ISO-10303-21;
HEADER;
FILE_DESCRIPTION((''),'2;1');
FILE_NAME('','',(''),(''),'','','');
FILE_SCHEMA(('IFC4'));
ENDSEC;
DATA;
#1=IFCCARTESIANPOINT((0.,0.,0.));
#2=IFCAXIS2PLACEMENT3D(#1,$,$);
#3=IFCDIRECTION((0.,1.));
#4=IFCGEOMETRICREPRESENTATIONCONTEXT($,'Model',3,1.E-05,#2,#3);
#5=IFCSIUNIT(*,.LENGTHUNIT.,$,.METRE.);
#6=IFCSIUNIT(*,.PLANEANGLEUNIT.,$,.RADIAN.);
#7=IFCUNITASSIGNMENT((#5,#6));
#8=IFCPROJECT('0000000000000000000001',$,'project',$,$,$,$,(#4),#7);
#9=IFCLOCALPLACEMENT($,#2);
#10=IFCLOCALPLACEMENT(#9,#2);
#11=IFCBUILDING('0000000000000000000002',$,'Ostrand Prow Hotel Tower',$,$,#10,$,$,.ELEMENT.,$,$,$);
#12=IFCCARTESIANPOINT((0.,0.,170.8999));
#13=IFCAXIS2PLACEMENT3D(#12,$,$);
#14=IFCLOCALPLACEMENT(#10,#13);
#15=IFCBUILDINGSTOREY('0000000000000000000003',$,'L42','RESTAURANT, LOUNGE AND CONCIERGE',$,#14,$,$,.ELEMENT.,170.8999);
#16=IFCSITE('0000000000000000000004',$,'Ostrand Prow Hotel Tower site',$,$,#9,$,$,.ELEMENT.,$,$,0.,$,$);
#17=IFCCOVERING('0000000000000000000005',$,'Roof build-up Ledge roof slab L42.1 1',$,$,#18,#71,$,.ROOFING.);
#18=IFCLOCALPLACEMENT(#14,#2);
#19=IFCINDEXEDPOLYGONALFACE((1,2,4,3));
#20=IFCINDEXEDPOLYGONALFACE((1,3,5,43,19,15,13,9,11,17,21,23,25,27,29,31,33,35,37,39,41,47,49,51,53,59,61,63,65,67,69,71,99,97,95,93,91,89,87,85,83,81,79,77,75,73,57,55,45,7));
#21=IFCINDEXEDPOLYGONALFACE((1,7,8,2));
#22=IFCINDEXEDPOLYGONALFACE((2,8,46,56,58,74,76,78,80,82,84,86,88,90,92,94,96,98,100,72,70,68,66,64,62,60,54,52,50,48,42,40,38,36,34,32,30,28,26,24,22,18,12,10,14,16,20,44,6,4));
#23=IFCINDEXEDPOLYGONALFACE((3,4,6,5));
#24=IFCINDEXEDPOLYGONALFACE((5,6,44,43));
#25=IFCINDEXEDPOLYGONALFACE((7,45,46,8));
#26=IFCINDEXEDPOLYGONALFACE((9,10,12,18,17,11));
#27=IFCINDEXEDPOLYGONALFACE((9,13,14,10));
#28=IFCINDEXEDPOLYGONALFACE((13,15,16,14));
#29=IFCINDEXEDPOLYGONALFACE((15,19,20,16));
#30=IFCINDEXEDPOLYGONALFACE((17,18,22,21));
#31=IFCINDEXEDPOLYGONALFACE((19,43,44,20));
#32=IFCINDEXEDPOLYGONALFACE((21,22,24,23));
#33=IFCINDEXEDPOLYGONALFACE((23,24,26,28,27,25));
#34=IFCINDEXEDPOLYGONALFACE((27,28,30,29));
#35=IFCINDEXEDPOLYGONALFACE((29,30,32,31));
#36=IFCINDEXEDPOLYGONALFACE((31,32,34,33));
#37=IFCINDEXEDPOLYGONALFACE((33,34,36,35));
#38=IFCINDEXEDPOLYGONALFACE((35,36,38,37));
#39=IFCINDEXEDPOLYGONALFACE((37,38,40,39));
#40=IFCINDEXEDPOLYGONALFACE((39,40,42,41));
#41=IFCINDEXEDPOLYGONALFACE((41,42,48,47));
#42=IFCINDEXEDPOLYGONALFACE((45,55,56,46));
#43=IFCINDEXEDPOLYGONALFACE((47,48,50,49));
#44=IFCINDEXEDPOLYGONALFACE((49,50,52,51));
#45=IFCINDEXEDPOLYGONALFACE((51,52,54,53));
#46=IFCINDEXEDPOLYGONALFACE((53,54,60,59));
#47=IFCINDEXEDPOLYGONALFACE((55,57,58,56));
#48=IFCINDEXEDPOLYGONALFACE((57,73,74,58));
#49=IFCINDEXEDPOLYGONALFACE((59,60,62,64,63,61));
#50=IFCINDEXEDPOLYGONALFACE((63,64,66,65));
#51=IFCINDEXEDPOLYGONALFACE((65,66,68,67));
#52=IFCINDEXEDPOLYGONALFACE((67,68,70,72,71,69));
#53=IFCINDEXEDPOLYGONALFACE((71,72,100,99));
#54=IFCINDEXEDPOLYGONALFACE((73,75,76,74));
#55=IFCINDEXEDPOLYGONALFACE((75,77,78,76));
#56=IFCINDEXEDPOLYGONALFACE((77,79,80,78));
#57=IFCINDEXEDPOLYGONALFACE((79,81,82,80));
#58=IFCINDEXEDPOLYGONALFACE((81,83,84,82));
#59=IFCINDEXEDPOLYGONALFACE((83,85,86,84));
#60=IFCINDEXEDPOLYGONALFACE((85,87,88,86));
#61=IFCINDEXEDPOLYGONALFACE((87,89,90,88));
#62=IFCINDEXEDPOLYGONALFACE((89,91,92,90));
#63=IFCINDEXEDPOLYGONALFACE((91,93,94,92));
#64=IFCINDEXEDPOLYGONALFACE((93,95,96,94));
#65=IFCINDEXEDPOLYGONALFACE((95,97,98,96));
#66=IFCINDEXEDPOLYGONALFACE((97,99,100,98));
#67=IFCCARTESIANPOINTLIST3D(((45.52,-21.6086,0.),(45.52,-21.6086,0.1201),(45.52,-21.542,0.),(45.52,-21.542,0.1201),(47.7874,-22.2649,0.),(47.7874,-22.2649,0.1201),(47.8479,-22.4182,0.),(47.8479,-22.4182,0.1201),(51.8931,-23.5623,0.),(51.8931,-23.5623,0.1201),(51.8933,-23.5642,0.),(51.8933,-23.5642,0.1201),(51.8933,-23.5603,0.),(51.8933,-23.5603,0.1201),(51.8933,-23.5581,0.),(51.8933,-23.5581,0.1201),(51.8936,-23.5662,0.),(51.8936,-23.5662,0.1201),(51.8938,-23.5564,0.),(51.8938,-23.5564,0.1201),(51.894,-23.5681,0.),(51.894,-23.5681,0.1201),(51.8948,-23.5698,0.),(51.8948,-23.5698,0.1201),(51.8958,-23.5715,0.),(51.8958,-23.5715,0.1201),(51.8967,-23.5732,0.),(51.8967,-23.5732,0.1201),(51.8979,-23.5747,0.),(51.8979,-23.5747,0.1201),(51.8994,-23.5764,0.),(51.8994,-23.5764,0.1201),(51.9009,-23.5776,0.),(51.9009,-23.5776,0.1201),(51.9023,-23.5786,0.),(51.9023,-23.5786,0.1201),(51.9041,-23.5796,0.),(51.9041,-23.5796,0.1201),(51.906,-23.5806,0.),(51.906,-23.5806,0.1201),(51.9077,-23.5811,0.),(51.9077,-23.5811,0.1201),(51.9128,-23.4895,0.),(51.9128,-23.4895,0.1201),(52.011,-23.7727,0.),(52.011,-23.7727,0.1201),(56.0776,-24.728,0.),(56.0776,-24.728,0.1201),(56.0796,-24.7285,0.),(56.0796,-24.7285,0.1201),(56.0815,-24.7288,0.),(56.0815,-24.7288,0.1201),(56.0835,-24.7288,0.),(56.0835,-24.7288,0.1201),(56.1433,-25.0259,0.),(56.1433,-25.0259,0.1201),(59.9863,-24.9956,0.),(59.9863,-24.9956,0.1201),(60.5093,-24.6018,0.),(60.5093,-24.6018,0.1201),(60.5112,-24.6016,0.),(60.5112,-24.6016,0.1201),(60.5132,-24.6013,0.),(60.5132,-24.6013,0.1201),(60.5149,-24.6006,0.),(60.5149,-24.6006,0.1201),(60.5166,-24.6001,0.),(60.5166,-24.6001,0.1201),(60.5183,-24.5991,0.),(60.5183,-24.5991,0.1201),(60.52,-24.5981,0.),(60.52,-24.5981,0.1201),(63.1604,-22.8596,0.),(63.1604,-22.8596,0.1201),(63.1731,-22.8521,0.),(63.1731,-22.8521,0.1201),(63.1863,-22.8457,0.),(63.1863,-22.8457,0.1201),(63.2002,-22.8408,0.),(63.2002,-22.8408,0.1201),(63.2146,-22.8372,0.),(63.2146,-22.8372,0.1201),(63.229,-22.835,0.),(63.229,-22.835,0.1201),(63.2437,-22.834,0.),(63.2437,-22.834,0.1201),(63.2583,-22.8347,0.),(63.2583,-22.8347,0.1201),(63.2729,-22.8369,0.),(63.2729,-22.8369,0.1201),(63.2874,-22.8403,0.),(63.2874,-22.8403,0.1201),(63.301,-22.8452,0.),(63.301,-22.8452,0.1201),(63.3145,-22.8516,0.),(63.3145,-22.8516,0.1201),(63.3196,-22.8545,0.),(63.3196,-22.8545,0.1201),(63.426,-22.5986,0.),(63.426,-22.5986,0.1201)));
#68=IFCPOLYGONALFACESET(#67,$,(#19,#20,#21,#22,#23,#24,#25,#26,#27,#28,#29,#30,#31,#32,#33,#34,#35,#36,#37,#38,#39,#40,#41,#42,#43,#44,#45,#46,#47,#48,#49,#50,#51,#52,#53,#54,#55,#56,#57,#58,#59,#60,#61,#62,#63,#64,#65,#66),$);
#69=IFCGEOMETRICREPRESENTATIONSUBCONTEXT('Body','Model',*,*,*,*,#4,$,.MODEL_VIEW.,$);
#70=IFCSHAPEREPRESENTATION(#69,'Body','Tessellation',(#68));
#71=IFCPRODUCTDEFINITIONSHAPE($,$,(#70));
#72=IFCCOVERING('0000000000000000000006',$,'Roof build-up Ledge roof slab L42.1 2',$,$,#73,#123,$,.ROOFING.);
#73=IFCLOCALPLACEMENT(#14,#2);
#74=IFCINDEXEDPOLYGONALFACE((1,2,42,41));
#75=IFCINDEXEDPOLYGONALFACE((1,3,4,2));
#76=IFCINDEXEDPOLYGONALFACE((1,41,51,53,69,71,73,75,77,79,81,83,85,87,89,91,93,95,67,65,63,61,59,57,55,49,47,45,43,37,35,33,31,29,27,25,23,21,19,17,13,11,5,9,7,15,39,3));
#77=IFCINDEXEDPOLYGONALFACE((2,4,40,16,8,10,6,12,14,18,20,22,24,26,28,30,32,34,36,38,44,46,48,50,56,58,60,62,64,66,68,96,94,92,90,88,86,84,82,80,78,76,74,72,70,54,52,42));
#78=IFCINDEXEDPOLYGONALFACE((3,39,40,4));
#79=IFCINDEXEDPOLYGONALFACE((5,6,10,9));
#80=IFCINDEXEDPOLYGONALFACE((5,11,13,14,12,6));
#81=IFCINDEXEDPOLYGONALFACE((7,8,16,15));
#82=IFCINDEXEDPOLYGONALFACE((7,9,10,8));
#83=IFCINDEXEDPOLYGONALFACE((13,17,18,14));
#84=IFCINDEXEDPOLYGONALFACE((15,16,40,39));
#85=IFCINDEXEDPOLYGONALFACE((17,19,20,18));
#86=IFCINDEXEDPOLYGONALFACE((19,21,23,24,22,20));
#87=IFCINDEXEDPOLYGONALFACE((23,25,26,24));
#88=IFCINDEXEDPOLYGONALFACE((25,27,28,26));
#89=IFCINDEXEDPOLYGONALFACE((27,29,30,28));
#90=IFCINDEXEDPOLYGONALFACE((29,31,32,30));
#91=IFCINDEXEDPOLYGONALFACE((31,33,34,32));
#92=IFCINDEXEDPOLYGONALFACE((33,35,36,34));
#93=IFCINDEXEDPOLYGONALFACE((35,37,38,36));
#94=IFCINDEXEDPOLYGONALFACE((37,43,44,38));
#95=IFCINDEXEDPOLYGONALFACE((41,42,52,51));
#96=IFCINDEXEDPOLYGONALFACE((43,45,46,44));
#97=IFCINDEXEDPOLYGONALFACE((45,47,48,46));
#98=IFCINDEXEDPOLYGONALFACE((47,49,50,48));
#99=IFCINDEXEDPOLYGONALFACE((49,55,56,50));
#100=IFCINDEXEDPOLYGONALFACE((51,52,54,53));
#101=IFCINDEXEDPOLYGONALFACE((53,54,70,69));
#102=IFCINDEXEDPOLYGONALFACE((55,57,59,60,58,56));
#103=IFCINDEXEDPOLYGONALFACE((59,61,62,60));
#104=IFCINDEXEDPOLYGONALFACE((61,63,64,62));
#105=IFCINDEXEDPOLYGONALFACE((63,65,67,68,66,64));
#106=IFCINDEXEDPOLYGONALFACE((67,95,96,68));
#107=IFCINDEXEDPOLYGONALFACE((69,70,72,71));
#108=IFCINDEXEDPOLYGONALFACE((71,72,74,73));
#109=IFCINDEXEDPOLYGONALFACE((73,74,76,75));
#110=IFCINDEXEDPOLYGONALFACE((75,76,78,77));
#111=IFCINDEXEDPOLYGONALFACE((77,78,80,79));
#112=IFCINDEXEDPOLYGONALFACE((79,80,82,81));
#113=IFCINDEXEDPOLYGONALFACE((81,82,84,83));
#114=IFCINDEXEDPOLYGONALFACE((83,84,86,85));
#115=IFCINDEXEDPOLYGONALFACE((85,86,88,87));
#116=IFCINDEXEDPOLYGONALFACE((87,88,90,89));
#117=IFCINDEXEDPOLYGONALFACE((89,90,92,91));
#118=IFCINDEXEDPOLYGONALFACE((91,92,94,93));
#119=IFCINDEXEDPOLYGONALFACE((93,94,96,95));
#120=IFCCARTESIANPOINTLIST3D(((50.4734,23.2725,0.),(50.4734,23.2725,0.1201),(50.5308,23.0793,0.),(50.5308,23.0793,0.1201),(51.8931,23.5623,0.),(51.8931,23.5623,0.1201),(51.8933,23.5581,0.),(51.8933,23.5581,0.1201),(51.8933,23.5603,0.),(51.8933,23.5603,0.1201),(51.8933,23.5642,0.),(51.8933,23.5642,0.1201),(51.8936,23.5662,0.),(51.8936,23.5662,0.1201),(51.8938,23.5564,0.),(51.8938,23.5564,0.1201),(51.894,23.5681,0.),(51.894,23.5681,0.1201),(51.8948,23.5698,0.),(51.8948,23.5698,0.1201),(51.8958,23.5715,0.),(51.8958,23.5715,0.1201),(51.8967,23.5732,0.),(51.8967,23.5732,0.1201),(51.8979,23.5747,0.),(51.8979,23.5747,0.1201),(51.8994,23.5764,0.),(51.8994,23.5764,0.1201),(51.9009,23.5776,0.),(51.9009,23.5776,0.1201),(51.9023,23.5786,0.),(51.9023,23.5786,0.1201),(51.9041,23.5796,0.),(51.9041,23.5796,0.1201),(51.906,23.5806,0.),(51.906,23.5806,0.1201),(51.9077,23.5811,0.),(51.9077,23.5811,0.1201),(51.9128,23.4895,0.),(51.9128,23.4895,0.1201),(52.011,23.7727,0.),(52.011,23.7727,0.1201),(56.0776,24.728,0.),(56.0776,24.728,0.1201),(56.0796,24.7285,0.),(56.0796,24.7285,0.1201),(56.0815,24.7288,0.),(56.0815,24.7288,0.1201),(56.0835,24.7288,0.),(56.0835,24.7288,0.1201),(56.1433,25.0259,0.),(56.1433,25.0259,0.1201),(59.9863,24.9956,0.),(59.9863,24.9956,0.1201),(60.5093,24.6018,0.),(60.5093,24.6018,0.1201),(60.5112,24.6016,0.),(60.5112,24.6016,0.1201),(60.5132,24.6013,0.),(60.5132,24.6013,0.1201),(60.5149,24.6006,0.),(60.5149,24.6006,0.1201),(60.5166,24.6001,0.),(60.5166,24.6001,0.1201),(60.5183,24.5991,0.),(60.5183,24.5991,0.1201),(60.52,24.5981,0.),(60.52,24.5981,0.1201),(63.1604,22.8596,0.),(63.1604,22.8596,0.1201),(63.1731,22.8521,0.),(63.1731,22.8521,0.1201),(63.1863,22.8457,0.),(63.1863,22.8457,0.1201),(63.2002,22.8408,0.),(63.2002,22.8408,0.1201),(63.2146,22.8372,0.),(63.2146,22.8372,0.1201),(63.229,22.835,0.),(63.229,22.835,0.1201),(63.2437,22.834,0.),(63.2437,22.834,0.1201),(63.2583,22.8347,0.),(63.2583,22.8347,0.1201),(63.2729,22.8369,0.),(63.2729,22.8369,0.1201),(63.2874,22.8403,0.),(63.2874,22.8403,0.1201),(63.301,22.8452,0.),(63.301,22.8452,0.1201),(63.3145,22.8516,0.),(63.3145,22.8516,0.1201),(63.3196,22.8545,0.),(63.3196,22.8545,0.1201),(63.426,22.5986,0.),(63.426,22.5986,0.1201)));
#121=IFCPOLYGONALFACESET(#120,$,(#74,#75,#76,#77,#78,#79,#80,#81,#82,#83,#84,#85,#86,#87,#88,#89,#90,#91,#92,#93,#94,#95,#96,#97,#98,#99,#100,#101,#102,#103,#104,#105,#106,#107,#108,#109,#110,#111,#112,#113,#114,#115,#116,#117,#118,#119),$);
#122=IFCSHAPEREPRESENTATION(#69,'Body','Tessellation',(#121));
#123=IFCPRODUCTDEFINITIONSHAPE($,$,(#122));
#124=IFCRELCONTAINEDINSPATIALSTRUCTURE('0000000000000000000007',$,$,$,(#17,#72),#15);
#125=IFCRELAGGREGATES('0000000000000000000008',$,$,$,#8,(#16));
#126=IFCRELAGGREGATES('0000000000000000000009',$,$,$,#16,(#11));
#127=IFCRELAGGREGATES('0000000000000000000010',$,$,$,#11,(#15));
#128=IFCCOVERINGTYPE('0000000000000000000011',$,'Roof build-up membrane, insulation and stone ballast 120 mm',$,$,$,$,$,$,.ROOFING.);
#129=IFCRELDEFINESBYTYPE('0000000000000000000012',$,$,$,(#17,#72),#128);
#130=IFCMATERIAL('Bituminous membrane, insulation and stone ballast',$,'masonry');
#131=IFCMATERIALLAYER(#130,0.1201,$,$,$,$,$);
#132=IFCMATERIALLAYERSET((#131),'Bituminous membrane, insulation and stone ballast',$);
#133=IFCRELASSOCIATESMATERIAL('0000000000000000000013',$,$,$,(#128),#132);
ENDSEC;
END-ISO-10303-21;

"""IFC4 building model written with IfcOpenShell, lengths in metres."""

from ifc_helpers import new_model, si_unit, direction, frame, origin, place, context, subcontext, project, spatial, polyline, outline, extrude, material, layer, layer_set, type_object, element, save


model = new_model("IFC4")

# Units and contexts
model_context = context("Model", 3, precision=1e-05, world=origin(), true_north=direction((0.0, 1.0)))
body_context = subcontext(model_context, "Body", "Model", "MODEL_VIEW")
ifc_project = project(units=[si_unit("LENGTHUNIT", "METRE"), si_unit("PLANEANGLEUNIT", "RADIAN")], contexts=[model_context])

# Site, building, storey
site_placement = place(None, origin())
site = spatial("IfcSite", under=ifc_project, at=site_placement, Name="Ostrand Prow Hotel Tower site", CompositionType="ELEMENT", RefElevation=0.0)
building_placement = place(site_placement, origin())
building = spatial("IfcBuilding", under=site, at=building_placement, Name="Ostrand Prow Hotel Tower", CompositionType="ELEMENT")
storey_placement = place(building_placement, frame((0.0, 0.0, 170.8999)))
storey = spatial("IfcBuildingStorey", under=building, at=storey_placement, Name="L42", Description="RESTAURANT, LOUNGE AND CONCIERGE", CompositionType="ELEMENT", Elevation=170.8999)

# Coverings
ifc_material_1 = material(Name="Bituminous membrane, insulation and stone ballast", Category="masonry")
ifc_layer_1 = layer(ifc_material_1, 0.1201)
ifc_layer_set_1 = layer_set([ifc_layer_1], Name="Bituminous membrane, insulation and stone ballast")
covering_type_1 = type_object("IfcCoveringType", Name="Roof build-up membrane, insulation and stone ballast 120 mm", PredefinedType="ROOFING", material=ifc_layer_set_1)
covering_1_placement = place(storey_placement, origin())
element("IfcCovering", 1, at=covering_1_placement, inside=storey, type_object=covering_type_1, Name="Roof build-up Ledge roof slab L42.1 1", PredefinedType="ROOFING", context=body_context, shape_type="SweptSolid", body=[
    extrude(outline(polyline([(47.7874, -22.2649), (45.52, -21.542), (45.52, -21.6086), (47.8479, -22.4182), (52.011, -23.7727), (56.1433, -25.0259), (59.9863, -24.9956), (63.1604, -22.8596), (63.1731, -22.8521), (63.1863, -22.8457), (63.2002, -22.8408), (63.2146, -22.8372), (63.229, -22.835), (63.2437, -22.834), (63.2583, -22.8347), (63.2729, -22.8369), (63.2874, -22.8403), (63.301, -22.8452), (63.3145, -22.8516), (63.3196, -22.8545), (63.426, -22.5986), (60.52, -24.5981), (60.5183, -24.5991), (60.5166, -24.6001), (60.5149, -24.6006), (60.5132, -24.6013), (60.5112, -24.6016), (60.5093, -24.6018), (56.0835, -24.7288), (56.0815, -24.7288), (56.0796, -24.7285), (56.0776, -24.728), (51.9077, -23.5811), (51.906, -23.5806), (51.9041, -23.5796), (51.9023, -23.5786), (51.9009, -23.5776), (51.8994, -23.5764), (51.8979, -23.5747), (51.8967, -23.5732), (51.8958, -23.5715), (51.8948, -23.5698), (51.894, -23.5681), (51.8936, -23.5662), (51.8933, -23.5642), (51.8931, -23.5623), (51.8933, -23.5603), (51.8933, -23.5581), (51.8938, -23.5564), (51.9128, -23.4895), (47.7874, -22.2649)])), origin(), (0.0, 0.0, 1.0), 0.1201),
])
covering_2_placement = place(storey_placement, origin())
element("IfcCovering", 2, at=covering_2_placement, inside=storey, type_object=covering_type_1, Name="Roof build-up Ledge roof slab L42.1 2", PredefinedType="ROOFING", context=body_context, shape_type="SweptSolid", body=[
    extrude(outline(polyline([(63.426, 22.5986), (63.3196, 22.8545), (63.3145, 22.8516), (63.301, 22.8452), (63.2874, 22.8403), (63.2729, 22.8369), (63.2583, 22.8347), (63.2437, 22.834), (63.229, 22.835), (63.2146, 22.8372), (63.2002, 22.8408), (63.1863, 22.8457), (63.1731, 22.8521), (63.1604, 22.8596), (59.9863, 24.9956), (56.1433, 25.0259), (52.011, 23.7727), (50.4734, 23.2725), (50.5308, 23.0793), (51.9128, 23.4895), (51.8938, 23.5564), (51.8933, 23.5581), (51.8933, 23.5603), (51.8931, 23.5623), (51.8933, 23.5642), (51.8936, 23.5662), (51.894, 23.5681), (51.8948, 23.5698), (51.8958, 23.5715), (51.8967, 23.5732), (51.8979, 23.5747), (51.8994, 23.5764), (51.9009, 23.5776), (51.9023, 23.5786), (51.9041, 23.5796), (51.906, 23.5806), (51.9077, 23.5811), (56.0776, 24.728), (56.0796, 24.7285), (56.0815, 24.7288), (56.0835, 24.7288), (60.5093, 24.6018), (60.5112, 24.6016), (60.5132, 24.6013), (60.5149, 24.6006), (60.5166, 24.6001), (60.5183, 24.5991), (60.52, 24.5981), (63.426, 22.5986)])), origin(), (0.0, 0.0, 1.0), 0.1201),
])

save(model, "model.ifc")
